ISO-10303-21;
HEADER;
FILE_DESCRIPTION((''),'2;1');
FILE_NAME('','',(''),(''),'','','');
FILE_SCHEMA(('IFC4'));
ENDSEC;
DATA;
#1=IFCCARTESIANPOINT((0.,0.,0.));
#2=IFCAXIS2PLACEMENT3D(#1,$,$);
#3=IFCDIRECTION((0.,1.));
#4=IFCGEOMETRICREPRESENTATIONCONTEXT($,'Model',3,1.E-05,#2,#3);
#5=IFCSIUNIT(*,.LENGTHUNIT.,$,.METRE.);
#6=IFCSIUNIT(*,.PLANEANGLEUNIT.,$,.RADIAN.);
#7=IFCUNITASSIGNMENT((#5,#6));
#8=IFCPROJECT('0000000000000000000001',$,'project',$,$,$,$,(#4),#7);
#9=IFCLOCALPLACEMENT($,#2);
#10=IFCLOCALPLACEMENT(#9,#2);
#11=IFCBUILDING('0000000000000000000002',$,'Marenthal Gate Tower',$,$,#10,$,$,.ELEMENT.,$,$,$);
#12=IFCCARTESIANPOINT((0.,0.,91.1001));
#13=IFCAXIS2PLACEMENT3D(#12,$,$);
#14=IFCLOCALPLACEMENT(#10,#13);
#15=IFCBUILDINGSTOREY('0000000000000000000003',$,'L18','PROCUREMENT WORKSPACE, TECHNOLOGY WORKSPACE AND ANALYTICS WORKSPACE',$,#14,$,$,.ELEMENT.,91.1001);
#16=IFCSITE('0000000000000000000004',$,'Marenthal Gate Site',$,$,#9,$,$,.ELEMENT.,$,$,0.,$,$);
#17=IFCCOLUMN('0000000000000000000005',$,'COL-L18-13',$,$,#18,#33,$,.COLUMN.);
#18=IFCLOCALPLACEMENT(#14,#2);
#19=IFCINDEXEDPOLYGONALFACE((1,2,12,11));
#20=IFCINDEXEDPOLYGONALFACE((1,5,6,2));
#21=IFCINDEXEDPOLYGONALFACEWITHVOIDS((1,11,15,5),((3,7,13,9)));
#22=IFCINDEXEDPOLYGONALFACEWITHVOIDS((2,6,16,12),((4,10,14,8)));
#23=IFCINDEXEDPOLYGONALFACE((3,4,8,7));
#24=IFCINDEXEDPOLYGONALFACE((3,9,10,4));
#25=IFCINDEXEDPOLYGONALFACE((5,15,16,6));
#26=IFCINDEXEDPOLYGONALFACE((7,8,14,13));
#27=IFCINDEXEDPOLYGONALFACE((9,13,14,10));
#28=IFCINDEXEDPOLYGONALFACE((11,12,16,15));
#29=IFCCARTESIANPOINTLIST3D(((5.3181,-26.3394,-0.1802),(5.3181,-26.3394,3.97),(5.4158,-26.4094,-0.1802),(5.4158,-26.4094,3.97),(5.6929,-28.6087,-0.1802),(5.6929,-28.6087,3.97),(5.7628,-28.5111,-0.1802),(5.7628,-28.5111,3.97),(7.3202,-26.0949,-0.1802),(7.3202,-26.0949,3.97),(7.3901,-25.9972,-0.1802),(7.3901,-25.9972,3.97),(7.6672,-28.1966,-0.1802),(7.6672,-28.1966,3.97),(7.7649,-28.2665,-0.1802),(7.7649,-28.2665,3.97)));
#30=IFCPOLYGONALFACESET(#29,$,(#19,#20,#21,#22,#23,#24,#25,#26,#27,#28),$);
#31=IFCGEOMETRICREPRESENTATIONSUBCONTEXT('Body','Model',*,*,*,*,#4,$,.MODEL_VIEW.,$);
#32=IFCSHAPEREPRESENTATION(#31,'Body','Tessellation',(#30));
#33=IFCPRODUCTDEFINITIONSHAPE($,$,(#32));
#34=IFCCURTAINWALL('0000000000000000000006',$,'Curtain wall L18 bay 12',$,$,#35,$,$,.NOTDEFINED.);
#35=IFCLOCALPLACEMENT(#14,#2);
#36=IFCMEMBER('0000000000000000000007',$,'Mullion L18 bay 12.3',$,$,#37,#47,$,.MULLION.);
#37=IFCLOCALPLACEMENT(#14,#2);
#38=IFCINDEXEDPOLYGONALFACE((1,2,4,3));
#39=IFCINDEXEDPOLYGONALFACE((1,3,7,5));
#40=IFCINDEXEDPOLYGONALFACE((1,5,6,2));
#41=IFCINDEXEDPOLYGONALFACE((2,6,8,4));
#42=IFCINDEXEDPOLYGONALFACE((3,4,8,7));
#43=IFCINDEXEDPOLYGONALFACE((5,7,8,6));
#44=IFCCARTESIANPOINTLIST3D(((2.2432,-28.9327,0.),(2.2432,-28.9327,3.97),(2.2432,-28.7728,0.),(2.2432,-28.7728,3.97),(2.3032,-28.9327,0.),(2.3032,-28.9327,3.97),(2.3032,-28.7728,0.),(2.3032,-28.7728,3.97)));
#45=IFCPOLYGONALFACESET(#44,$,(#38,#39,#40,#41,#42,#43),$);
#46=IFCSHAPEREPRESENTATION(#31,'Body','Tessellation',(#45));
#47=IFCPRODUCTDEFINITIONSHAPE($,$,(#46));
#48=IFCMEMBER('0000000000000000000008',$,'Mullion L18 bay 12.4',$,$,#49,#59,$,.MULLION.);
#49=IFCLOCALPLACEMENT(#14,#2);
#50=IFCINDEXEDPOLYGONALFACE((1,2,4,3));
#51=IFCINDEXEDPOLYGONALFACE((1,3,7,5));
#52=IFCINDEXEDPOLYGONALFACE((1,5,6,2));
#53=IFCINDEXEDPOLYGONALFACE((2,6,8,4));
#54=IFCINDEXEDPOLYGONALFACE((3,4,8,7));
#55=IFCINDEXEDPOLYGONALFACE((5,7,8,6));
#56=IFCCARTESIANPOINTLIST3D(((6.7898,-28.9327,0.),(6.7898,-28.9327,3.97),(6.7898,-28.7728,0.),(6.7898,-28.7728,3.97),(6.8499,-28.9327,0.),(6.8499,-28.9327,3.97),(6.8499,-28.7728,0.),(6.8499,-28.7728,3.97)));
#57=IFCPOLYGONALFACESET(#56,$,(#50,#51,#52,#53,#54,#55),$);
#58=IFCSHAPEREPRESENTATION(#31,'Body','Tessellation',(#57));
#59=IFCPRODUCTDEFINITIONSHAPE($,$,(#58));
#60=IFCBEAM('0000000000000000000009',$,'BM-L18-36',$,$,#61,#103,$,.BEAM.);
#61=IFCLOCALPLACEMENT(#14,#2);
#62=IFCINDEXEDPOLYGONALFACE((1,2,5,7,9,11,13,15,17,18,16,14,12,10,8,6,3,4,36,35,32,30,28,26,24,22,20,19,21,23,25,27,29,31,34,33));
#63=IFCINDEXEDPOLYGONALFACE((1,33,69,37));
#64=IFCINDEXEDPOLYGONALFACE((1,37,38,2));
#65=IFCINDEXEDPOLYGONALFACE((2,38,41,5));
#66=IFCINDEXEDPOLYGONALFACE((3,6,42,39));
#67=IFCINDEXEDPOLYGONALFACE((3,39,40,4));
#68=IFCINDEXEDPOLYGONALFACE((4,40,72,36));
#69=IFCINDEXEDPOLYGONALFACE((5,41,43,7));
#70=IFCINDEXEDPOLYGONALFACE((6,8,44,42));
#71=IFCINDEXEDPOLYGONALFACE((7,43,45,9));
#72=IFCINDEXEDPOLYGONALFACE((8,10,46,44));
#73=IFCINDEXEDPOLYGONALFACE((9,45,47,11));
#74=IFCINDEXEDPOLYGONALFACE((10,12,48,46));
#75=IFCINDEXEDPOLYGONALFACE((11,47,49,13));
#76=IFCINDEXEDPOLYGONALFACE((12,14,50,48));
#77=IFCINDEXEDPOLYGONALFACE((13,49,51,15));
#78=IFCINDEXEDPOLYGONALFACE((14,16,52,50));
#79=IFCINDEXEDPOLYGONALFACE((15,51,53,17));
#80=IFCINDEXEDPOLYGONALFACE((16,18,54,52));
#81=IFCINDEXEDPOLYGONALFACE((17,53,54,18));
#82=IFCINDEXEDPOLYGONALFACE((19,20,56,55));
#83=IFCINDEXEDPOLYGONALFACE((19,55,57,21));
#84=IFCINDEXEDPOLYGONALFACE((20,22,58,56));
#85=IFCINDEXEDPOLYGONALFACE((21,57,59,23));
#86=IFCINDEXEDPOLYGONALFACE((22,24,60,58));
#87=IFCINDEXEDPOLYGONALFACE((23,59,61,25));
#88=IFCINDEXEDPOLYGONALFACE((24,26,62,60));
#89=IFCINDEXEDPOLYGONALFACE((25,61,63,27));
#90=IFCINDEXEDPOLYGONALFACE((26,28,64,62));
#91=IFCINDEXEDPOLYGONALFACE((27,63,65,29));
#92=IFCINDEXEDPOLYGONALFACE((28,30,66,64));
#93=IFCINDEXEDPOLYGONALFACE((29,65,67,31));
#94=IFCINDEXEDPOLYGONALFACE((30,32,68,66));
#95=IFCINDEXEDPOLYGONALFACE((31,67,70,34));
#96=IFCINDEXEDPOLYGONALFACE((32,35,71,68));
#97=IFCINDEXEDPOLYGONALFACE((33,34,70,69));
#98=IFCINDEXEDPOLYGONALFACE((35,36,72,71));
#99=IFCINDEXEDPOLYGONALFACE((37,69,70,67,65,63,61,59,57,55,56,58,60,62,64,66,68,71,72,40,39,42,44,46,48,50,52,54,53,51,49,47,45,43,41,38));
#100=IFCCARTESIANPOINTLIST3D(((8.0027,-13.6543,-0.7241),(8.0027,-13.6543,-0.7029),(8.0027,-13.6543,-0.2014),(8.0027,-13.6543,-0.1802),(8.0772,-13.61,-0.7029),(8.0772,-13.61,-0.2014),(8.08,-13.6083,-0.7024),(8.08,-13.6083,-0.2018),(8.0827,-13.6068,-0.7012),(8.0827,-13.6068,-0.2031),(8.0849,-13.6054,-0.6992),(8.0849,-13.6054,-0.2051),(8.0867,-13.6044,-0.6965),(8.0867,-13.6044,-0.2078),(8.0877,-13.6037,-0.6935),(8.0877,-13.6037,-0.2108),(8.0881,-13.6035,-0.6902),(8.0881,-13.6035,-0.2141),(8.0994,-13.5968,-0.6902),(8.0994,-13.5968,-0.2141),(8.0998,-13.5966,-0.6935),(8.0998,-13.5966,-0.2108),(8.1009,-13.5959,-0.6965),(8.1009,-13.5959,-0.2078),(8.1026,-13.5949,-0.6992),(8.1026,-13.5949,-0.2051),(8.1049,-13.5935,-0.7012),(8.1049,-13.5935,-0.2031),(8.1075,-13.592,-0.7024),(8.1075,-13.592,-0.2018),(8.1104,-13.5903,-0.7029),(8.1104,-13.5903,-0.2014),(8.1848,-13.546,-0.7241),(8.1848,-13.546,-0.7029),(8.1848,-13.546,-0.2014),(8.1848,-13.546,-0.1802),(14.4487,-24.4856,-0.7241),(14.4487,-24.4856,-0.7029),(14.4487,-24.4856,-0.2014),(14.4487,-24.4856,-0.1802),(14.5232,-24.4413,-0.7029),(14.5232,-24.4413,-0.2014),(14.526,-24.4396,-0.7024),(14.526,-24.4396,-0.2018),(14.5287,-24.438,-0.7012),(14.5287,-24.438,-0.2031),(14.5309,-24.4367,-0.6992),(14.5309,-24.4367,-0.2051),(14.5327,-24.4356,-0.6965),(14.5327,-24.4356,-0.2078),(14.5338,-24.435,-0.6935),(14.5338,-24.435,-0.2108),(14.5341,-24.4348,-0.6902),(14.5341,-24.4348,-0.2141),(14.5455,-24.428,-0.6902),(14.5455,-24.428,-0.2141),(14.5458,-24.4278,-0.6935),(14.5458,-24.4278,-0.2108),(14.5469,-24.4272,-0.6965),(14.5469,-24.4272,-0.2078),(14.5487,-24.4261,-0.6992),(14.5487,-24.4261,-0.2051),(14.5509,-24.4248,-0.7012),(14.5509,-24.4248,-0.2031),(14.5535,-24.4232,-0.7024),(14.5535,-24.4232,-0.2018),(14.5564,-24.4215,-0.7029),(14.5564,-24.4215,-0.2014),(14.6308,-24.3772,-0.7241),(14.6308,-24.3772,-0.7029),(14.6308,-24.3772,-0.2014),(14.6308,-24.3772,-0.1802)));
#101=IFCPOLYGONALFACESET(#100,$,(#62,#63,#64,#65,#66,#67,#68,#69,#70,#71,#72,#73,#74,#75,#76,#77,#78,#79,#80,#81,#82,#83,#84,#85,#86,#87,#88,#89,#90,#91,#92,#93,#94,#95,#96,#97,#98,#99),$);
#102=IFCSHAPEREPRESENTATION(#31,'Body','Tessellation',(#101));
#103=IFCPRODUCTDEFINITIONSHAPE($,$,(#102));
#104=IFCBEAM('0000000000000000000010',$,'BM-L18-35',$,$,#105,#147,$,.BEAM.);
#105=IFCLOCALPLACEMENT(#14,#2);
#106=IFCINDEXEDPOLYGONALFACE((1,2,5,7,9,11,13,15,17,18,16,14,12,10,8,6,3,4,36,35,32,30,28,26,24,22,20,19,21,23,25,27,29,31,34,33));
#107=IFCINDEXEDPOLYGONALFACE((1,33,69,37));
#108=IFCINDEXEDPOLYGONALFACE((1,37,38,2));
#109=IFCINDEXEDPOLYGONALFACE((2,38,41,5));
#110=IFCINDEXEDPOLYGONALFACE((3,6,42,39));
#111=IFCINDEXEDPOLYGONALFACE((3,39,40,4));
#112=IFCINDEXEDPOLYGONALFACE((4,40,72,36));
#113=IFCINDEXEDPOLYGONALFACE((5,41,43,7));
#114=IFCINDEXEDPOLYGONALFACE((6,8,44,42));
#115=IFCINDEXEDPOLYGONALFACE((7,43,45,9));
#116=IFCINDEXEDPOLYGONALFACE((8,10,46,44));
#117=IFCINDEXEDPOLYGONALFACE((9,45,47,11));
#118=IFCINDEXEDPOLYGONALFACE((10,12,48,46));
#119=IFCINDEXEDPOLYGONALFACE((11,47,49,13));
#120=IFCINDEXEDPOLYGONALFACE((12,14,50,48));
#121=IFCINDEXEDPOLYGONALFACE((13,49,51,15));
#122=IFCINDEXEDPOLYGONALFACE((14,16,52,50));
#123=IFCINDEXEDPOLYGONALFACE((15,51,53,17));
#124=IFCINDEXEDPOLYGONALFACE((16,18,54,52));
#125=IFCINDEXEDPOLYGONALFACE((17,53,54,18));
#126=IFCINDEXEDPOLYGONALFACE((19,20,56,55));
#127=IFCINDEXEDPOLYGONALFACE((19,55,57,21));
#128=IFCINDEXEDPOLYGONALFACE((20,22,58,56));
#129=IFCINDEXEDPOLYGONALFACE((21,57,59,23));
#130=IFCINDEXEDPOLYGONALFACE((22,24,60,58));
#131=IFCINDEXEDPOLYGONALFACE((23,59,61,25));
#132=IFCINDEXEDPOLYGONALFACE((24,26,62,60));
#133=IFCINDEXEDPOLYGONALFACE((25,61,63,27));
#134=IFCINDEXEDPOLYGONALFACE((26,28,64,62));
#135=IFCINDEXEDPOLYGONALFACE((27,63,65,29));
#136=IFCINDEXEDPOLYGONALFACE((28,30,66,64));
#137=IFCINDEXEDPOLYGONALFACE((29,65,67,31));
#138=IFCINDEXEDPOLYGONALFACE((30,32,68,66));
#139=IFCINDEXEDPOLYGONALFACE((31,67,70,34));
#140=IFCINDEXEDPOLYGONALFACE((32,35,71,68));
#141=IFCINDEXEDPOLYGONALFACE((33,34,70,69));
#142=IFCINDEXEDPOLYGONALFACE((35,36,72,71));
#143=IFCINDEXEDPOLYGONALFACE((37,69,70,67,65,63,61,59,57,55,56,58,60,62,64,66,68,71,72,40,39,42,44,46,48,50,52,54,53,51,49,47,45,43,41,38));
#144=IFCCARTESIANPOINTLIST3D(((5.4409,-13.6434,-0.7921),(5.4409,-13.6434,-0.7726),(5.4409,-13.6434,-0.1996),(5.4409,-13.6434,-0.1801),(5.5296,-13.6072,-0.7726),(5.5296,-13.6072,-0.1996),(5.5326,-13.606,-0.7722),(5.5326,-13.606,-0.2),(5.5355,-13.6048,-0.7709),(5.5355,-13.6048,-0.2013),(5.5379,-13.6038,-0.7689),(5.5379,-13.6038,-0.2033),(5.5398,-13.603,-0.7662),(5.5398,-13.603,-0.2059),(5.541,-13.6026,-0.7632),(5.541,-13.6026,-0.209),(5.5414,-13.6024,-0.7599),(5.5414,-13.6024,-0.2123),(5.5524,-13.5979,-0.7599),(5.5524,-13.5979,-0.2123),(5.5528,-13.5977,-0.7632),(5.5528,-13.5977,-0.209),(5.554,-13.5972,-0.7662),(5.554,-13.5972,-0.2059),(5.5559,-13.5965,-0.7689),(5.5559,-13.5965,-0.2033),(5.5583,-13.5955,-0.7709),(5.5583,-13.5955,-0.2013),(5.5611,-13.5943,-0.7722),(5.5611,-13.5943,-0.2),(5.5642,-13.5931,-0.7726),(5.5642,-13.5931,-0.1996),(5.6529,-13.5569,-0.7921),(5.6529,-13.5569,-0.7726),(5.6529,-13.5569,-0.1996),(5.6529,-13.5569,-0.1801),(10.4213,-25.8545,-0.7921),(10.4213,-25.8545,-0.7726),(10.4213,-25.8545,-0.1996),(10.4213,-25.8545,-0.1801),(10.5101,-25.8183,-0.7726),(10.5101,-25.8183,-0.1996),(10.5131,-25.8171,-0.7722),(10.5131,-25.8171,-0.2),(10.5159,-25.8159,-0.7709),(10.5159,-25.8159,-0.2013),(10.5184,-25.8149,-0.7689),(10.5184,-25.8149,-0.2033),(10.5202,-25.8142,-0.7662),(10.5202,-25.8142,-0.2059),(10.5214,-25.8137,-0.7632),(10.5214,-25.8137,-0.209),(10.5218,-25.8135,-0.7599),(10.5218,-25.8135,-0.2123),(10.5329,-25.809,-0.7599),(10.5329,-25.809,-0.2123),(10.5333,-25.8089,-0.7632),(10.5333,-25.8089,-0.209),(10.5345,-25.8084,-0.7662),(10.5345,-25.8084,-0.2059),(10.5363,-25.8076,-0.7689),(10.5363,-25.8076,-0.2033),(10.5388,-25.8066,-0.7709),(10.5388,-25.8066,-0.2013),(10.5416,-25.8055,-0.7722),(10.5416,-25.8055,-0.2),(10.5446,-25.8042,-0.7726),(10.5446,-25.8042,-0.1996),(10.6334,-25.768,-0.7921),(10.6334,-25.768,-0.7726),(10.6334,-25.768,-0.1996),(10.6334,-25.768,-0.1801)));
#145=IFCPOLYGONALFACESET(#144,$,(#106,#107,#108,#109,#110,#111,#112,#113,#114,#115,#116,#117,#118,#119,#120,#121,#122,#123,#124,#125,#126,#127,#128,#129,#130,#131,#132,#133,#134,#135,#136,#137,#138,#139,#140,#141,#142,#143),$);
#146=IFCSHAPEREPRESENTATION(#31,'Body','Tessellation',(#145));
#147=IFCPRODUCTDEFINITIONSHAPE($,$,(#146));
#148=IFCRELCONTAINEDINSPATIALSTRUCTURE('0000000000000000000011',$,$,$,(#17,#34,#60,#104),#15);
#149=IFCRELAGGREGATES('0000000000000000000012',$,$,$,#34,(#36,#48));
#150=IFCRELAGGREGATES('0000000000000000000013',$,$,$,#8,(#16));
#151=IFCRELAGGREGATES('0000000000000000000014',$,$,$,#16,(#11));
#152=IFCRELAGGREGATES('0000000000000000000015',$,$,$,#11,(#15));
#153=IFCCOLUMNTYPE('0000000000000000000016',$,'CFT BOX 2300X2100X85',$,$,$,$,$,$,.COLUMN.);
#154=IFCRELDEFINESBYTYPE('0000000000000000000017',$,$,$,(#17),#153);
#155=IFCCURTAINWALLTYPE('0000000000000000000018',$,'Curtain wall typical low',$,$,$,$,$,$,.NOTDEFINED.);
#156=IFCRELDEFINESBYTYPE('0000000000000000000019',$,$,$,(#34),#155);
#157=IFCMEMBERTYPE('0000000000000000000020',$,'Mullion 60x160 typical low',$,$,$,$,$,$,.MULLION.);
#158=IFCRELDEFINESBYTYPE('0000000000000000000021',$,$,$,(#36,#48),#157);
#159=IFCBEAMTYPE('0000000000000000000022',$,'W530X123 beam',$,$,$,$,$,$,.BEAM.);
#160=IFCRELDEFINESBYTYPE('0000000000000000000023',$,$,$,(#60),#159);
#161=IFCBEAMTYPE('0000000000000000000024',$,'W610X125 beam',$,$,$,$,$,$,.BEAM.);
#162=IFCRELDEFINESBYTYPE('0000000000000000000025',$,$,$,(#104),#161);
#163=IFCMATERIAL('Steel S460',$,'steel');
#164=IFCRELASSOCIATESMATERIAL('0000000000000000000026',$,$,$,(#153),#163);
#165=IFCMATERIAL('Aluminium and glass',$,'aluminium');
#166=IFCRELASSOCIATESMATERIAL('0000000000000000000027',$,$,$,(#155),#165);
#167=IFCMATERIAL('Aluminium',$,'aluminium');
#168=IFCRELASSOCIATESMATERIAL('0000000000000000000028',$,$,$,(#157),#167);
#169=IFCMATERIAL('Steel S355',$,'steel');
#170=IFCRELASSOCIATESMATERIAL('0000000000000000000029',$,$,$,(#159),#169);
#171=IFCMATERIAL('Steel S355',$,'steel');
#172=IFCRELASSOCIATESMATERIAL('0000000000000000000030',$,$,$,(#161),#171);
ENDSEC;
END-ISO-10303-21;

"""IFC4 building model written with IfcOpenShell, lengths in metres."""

from ifc_helpers import new_model, si_unit, direction, frame, origin, origin_2d, place, context, subcontext, project, spatial, rectangle, hollow_rectangle, i_section, extrude, material, material_profile, profile_set, type_object, element, aggregate, save


model = new_model("IFC4")

# Units and contexts
model_context = context("Model", 3, precision=1e-05, world=origin(), true_north=direction((0.0, 1.0)))
body_context = subcontext(model_context, "Body", "Model", "MODEL_VIEW")
ifc_project = project(units=[si_unit("LENGTHUNIT", "METRE"), si_unit("PLANEANGLEUNIT", "RADIAN")], contexts=[model_context])

# Site, building, storey
site_placement = place(None, origin())
site = spatial("IfcSite", under=ifc_project, at=site_placement, Name="Marenthal Gate Site", CompositionType="ELEMENT", RefElevation=0.0)
building_placement = place(site_placement, origin())
building = spatial("IfcBuilding", under=site, at=building_placement, Name="Marenthal Gate Tower", CompositionType="ELEMENT")
storey_placement = place(building_placement, frame((0.0, 0.0, 91.1001)))
storey = spatial("IfcBuildingStorey", under=building, at=storey_placement, Name="L18", Description="PROCUREMENT WORKSPACE, TECHNOLOGY WORKSPACE AND ANALYTICS WORKSPACE", CompositionType="ELEMENT", Elevation=91.1001)

# Column
ifc_material_1 = material(Name="Steel S460", Category="steel")
ifc_material_profile_1 = material_profile(ifc_material_1, hollow_rectangle(XDim=2.1001, YDim=2.3, WallThickness=0.085, at=origin_2d()), Name="CFT BOX 2300X2100X85")
ifc_material_2 = material(Name="Concrete 70 MPa", Category="concrete")
ifc_material_profile_2 = material_profile(ifc_material_2, rectangle(XDim=1.9299, YDim=2.1299, at=origin_2d()), Name="CFT BOX 2300X2100X85 INFILL")
ifc_profile_set_1 = profile_set([ifc_material_profile_1, ifc_material_profile_2], Name="Steel S460 shell, Concrete 70 MPa infill")
column_type = type_object("IfcColumnType", Name="CFT BOX 2300X2100X85", PredefinedType="COLUMN", material=ifc_profile_set_1)
column_placement = place(storey_placement, frame((6.5415, -27.303, -0.1802), z_axis=(0.0, 0.0, 1.0), x_axis=(-0.986637, -0.162933, 0.0)))
element("IfcColumn", 1, at=column_placement, inside=storey, type_object=column_type, Name="COL-L18-13", PredefinedType="COLUMN", context=body_context, shape_type="SweptSolid", body=[
    extrude(hollow_rectangle(XDim=2.1001, YDim=2.3, WallThickness=0.085, at=origin_2d()), origin(), (0.0, 0.0, 1.0), 4.1501),
])

# Curtain wall, members
ifc_material_3 = material(Name="Aluminium and glass", Category="aluminium")
curtain_wall_type = type_object("IfcCurtainWallType", Name="Curtain wall typical low", PredefinedType="NOTDEFINED", material=ifc_material_3)
curtain_wall_placement = place(storey_placement, origin())
curtain_wall = element("IfcCurtainWall", 2, at=curtain_wall_placement, inside=storey, type_object=curtain_wall_type, Name="Curtain wall L18 bay 12", PredefinedType="NOTDEFINED")
ifc_material_4 = material(Name="Aluminium", Category="aluminium")
ifc_material_profile_3 = material_profile(ifc_material_4, rectangle(XDim=0.1599, YDim=0.0601, at=origin_2d()), Name="60x160 aluminium mullion")
ifc_profile_set_2 = profile_set([ifc_material_profile_3], Name="Aluminium")
member_type = type_object("IfcMemberType", Name="Mullion 60x160 typical low", PredefinedType="MULLION", material=ifc_profile_set_2)
member_1_placement = place(storey_placement, frame((2.2732, -28.8528, 0.0), z_axis=(0.0, 0.0, 1.0), x_axis=(0.0, 1.0, 0.0)))
member_1 = element("IfcMember", 3, at=member_1_placement, type_object=member_type, Name="Mullion L18 bay 12.3", PredefinedType="MULLION", context=body_context, shape_type="SweptSolid", body=[
    extrude(rectangle(XDim=0.1599, YDim=0.0601, at=origin_2d()), origin(), (0.0, 0.0, 1.0), 3.97),
])
member_2_placement = place(storey_placement, frame((6.8198, -28.8528, 0.0), z_axis=(0.0, 0.0, 1.0), x_axis=(0.0, 1.0, 0.0)))
member_2 = element("IfcMember", 4, at=member_2_placement, type_object=member_type, Name="Mullion L18 bay 12.4", PredefinedType="MULLION", context=body_context, shape_type="SweptSolid", body=[
    extrude(rectangle(XDim=0.1599, YDim=0.0601, at=origin_2d()), origin(), (0.0, 0.0, 1.0), 3.97),
])

# Beams
ifc_material_5 = material(Name="Steel S355", Category="steel")
ifc_material_profile_4 = material_profile(ifc_material_5, i_section(OverallWidth=0.2119, OverallDepth=0.5439, WebThickness=0.0132, FlangeThickness=0.0212, FilletRadius=0.0127, at=origin_2d()), Name="W530X123")
ifc_profile_set_3 = profile_set([ifc_material_profile_4], Name="Steel S355")
beam_type_1 = type_object("IfcBeamType", Name="W530X123 beam", PredefinedType="BEAM", material=ifc_profile_set_3)
beam_1_placement = place(storey_placement, frame((14.5398, -24.4314, -0.4521), z_axis=(-0.511416, 0.859333, 0.0), x_axis=(-0.859333, -0.511416, 0.0)))
element("IfcBeam", 5, at=beam_1_placement, inside=storey, type_object=beam_type_1, Name="BM-L18-36", PredefinedType="BEAM", context=body_context, shape_type="SweptSolid", body=[
    extrude(i_section(OverallWidth=0.2119, OverallDepth=0.5439, WebThickness=0.0132, FlangeThickness=0.0212, FilletRadius=0.0127, at=origin_2d()), origin(), (0.0, 0.0, 1.0), 12.6042),
])
ifc_material_6 = material(Name="Steel S355", Category="steel")
ifc_material_profile_5 = material_profile(ifc_material_6, i_section(OverallWidth=0.229, OverallDepth=0.6121, WebThickness=0.012, FlangeThickness=0.0195, FilletRadius=0.0127, at=origin_2d()), Name="W610X125")
ifc_profile_set_4 = profile_set([ifc_material_profile_5], Name="Steel S355")
beam_type_2 = type_object("IfcBeamType", Name="W610X125 beam", PredefinedType="BEAM", material=ifc_profile_set_4)
beam_2_placement = place(storey_placement, frame((10.5273, -25.8113, -0.4861), z_axis=(-0.377657, 0.925945, 0.0), x_axis=(-0.925945, -0.377657, 0.0)))
element("IfcBeam", 6, at=beam_2_placement, inside=storey, type_object=beam_type_2, Name="BM-L18-35", PredefinedType="BEAM", context=body_context, shape_type="SweptSolid", body=[
    extrude(i_section(OverallWidth=0.229, OverallDepth=0.6121, WebThickness=0.012, FlangeThickness=0.0195, FilletRadius=0.0127, at=origin_2d()), origin(), (0.0, 0.0, 1.0), 13.1877),
])

aggregate(curtain_wall, [member_1, member_2])

save(model, "model.ifc")
